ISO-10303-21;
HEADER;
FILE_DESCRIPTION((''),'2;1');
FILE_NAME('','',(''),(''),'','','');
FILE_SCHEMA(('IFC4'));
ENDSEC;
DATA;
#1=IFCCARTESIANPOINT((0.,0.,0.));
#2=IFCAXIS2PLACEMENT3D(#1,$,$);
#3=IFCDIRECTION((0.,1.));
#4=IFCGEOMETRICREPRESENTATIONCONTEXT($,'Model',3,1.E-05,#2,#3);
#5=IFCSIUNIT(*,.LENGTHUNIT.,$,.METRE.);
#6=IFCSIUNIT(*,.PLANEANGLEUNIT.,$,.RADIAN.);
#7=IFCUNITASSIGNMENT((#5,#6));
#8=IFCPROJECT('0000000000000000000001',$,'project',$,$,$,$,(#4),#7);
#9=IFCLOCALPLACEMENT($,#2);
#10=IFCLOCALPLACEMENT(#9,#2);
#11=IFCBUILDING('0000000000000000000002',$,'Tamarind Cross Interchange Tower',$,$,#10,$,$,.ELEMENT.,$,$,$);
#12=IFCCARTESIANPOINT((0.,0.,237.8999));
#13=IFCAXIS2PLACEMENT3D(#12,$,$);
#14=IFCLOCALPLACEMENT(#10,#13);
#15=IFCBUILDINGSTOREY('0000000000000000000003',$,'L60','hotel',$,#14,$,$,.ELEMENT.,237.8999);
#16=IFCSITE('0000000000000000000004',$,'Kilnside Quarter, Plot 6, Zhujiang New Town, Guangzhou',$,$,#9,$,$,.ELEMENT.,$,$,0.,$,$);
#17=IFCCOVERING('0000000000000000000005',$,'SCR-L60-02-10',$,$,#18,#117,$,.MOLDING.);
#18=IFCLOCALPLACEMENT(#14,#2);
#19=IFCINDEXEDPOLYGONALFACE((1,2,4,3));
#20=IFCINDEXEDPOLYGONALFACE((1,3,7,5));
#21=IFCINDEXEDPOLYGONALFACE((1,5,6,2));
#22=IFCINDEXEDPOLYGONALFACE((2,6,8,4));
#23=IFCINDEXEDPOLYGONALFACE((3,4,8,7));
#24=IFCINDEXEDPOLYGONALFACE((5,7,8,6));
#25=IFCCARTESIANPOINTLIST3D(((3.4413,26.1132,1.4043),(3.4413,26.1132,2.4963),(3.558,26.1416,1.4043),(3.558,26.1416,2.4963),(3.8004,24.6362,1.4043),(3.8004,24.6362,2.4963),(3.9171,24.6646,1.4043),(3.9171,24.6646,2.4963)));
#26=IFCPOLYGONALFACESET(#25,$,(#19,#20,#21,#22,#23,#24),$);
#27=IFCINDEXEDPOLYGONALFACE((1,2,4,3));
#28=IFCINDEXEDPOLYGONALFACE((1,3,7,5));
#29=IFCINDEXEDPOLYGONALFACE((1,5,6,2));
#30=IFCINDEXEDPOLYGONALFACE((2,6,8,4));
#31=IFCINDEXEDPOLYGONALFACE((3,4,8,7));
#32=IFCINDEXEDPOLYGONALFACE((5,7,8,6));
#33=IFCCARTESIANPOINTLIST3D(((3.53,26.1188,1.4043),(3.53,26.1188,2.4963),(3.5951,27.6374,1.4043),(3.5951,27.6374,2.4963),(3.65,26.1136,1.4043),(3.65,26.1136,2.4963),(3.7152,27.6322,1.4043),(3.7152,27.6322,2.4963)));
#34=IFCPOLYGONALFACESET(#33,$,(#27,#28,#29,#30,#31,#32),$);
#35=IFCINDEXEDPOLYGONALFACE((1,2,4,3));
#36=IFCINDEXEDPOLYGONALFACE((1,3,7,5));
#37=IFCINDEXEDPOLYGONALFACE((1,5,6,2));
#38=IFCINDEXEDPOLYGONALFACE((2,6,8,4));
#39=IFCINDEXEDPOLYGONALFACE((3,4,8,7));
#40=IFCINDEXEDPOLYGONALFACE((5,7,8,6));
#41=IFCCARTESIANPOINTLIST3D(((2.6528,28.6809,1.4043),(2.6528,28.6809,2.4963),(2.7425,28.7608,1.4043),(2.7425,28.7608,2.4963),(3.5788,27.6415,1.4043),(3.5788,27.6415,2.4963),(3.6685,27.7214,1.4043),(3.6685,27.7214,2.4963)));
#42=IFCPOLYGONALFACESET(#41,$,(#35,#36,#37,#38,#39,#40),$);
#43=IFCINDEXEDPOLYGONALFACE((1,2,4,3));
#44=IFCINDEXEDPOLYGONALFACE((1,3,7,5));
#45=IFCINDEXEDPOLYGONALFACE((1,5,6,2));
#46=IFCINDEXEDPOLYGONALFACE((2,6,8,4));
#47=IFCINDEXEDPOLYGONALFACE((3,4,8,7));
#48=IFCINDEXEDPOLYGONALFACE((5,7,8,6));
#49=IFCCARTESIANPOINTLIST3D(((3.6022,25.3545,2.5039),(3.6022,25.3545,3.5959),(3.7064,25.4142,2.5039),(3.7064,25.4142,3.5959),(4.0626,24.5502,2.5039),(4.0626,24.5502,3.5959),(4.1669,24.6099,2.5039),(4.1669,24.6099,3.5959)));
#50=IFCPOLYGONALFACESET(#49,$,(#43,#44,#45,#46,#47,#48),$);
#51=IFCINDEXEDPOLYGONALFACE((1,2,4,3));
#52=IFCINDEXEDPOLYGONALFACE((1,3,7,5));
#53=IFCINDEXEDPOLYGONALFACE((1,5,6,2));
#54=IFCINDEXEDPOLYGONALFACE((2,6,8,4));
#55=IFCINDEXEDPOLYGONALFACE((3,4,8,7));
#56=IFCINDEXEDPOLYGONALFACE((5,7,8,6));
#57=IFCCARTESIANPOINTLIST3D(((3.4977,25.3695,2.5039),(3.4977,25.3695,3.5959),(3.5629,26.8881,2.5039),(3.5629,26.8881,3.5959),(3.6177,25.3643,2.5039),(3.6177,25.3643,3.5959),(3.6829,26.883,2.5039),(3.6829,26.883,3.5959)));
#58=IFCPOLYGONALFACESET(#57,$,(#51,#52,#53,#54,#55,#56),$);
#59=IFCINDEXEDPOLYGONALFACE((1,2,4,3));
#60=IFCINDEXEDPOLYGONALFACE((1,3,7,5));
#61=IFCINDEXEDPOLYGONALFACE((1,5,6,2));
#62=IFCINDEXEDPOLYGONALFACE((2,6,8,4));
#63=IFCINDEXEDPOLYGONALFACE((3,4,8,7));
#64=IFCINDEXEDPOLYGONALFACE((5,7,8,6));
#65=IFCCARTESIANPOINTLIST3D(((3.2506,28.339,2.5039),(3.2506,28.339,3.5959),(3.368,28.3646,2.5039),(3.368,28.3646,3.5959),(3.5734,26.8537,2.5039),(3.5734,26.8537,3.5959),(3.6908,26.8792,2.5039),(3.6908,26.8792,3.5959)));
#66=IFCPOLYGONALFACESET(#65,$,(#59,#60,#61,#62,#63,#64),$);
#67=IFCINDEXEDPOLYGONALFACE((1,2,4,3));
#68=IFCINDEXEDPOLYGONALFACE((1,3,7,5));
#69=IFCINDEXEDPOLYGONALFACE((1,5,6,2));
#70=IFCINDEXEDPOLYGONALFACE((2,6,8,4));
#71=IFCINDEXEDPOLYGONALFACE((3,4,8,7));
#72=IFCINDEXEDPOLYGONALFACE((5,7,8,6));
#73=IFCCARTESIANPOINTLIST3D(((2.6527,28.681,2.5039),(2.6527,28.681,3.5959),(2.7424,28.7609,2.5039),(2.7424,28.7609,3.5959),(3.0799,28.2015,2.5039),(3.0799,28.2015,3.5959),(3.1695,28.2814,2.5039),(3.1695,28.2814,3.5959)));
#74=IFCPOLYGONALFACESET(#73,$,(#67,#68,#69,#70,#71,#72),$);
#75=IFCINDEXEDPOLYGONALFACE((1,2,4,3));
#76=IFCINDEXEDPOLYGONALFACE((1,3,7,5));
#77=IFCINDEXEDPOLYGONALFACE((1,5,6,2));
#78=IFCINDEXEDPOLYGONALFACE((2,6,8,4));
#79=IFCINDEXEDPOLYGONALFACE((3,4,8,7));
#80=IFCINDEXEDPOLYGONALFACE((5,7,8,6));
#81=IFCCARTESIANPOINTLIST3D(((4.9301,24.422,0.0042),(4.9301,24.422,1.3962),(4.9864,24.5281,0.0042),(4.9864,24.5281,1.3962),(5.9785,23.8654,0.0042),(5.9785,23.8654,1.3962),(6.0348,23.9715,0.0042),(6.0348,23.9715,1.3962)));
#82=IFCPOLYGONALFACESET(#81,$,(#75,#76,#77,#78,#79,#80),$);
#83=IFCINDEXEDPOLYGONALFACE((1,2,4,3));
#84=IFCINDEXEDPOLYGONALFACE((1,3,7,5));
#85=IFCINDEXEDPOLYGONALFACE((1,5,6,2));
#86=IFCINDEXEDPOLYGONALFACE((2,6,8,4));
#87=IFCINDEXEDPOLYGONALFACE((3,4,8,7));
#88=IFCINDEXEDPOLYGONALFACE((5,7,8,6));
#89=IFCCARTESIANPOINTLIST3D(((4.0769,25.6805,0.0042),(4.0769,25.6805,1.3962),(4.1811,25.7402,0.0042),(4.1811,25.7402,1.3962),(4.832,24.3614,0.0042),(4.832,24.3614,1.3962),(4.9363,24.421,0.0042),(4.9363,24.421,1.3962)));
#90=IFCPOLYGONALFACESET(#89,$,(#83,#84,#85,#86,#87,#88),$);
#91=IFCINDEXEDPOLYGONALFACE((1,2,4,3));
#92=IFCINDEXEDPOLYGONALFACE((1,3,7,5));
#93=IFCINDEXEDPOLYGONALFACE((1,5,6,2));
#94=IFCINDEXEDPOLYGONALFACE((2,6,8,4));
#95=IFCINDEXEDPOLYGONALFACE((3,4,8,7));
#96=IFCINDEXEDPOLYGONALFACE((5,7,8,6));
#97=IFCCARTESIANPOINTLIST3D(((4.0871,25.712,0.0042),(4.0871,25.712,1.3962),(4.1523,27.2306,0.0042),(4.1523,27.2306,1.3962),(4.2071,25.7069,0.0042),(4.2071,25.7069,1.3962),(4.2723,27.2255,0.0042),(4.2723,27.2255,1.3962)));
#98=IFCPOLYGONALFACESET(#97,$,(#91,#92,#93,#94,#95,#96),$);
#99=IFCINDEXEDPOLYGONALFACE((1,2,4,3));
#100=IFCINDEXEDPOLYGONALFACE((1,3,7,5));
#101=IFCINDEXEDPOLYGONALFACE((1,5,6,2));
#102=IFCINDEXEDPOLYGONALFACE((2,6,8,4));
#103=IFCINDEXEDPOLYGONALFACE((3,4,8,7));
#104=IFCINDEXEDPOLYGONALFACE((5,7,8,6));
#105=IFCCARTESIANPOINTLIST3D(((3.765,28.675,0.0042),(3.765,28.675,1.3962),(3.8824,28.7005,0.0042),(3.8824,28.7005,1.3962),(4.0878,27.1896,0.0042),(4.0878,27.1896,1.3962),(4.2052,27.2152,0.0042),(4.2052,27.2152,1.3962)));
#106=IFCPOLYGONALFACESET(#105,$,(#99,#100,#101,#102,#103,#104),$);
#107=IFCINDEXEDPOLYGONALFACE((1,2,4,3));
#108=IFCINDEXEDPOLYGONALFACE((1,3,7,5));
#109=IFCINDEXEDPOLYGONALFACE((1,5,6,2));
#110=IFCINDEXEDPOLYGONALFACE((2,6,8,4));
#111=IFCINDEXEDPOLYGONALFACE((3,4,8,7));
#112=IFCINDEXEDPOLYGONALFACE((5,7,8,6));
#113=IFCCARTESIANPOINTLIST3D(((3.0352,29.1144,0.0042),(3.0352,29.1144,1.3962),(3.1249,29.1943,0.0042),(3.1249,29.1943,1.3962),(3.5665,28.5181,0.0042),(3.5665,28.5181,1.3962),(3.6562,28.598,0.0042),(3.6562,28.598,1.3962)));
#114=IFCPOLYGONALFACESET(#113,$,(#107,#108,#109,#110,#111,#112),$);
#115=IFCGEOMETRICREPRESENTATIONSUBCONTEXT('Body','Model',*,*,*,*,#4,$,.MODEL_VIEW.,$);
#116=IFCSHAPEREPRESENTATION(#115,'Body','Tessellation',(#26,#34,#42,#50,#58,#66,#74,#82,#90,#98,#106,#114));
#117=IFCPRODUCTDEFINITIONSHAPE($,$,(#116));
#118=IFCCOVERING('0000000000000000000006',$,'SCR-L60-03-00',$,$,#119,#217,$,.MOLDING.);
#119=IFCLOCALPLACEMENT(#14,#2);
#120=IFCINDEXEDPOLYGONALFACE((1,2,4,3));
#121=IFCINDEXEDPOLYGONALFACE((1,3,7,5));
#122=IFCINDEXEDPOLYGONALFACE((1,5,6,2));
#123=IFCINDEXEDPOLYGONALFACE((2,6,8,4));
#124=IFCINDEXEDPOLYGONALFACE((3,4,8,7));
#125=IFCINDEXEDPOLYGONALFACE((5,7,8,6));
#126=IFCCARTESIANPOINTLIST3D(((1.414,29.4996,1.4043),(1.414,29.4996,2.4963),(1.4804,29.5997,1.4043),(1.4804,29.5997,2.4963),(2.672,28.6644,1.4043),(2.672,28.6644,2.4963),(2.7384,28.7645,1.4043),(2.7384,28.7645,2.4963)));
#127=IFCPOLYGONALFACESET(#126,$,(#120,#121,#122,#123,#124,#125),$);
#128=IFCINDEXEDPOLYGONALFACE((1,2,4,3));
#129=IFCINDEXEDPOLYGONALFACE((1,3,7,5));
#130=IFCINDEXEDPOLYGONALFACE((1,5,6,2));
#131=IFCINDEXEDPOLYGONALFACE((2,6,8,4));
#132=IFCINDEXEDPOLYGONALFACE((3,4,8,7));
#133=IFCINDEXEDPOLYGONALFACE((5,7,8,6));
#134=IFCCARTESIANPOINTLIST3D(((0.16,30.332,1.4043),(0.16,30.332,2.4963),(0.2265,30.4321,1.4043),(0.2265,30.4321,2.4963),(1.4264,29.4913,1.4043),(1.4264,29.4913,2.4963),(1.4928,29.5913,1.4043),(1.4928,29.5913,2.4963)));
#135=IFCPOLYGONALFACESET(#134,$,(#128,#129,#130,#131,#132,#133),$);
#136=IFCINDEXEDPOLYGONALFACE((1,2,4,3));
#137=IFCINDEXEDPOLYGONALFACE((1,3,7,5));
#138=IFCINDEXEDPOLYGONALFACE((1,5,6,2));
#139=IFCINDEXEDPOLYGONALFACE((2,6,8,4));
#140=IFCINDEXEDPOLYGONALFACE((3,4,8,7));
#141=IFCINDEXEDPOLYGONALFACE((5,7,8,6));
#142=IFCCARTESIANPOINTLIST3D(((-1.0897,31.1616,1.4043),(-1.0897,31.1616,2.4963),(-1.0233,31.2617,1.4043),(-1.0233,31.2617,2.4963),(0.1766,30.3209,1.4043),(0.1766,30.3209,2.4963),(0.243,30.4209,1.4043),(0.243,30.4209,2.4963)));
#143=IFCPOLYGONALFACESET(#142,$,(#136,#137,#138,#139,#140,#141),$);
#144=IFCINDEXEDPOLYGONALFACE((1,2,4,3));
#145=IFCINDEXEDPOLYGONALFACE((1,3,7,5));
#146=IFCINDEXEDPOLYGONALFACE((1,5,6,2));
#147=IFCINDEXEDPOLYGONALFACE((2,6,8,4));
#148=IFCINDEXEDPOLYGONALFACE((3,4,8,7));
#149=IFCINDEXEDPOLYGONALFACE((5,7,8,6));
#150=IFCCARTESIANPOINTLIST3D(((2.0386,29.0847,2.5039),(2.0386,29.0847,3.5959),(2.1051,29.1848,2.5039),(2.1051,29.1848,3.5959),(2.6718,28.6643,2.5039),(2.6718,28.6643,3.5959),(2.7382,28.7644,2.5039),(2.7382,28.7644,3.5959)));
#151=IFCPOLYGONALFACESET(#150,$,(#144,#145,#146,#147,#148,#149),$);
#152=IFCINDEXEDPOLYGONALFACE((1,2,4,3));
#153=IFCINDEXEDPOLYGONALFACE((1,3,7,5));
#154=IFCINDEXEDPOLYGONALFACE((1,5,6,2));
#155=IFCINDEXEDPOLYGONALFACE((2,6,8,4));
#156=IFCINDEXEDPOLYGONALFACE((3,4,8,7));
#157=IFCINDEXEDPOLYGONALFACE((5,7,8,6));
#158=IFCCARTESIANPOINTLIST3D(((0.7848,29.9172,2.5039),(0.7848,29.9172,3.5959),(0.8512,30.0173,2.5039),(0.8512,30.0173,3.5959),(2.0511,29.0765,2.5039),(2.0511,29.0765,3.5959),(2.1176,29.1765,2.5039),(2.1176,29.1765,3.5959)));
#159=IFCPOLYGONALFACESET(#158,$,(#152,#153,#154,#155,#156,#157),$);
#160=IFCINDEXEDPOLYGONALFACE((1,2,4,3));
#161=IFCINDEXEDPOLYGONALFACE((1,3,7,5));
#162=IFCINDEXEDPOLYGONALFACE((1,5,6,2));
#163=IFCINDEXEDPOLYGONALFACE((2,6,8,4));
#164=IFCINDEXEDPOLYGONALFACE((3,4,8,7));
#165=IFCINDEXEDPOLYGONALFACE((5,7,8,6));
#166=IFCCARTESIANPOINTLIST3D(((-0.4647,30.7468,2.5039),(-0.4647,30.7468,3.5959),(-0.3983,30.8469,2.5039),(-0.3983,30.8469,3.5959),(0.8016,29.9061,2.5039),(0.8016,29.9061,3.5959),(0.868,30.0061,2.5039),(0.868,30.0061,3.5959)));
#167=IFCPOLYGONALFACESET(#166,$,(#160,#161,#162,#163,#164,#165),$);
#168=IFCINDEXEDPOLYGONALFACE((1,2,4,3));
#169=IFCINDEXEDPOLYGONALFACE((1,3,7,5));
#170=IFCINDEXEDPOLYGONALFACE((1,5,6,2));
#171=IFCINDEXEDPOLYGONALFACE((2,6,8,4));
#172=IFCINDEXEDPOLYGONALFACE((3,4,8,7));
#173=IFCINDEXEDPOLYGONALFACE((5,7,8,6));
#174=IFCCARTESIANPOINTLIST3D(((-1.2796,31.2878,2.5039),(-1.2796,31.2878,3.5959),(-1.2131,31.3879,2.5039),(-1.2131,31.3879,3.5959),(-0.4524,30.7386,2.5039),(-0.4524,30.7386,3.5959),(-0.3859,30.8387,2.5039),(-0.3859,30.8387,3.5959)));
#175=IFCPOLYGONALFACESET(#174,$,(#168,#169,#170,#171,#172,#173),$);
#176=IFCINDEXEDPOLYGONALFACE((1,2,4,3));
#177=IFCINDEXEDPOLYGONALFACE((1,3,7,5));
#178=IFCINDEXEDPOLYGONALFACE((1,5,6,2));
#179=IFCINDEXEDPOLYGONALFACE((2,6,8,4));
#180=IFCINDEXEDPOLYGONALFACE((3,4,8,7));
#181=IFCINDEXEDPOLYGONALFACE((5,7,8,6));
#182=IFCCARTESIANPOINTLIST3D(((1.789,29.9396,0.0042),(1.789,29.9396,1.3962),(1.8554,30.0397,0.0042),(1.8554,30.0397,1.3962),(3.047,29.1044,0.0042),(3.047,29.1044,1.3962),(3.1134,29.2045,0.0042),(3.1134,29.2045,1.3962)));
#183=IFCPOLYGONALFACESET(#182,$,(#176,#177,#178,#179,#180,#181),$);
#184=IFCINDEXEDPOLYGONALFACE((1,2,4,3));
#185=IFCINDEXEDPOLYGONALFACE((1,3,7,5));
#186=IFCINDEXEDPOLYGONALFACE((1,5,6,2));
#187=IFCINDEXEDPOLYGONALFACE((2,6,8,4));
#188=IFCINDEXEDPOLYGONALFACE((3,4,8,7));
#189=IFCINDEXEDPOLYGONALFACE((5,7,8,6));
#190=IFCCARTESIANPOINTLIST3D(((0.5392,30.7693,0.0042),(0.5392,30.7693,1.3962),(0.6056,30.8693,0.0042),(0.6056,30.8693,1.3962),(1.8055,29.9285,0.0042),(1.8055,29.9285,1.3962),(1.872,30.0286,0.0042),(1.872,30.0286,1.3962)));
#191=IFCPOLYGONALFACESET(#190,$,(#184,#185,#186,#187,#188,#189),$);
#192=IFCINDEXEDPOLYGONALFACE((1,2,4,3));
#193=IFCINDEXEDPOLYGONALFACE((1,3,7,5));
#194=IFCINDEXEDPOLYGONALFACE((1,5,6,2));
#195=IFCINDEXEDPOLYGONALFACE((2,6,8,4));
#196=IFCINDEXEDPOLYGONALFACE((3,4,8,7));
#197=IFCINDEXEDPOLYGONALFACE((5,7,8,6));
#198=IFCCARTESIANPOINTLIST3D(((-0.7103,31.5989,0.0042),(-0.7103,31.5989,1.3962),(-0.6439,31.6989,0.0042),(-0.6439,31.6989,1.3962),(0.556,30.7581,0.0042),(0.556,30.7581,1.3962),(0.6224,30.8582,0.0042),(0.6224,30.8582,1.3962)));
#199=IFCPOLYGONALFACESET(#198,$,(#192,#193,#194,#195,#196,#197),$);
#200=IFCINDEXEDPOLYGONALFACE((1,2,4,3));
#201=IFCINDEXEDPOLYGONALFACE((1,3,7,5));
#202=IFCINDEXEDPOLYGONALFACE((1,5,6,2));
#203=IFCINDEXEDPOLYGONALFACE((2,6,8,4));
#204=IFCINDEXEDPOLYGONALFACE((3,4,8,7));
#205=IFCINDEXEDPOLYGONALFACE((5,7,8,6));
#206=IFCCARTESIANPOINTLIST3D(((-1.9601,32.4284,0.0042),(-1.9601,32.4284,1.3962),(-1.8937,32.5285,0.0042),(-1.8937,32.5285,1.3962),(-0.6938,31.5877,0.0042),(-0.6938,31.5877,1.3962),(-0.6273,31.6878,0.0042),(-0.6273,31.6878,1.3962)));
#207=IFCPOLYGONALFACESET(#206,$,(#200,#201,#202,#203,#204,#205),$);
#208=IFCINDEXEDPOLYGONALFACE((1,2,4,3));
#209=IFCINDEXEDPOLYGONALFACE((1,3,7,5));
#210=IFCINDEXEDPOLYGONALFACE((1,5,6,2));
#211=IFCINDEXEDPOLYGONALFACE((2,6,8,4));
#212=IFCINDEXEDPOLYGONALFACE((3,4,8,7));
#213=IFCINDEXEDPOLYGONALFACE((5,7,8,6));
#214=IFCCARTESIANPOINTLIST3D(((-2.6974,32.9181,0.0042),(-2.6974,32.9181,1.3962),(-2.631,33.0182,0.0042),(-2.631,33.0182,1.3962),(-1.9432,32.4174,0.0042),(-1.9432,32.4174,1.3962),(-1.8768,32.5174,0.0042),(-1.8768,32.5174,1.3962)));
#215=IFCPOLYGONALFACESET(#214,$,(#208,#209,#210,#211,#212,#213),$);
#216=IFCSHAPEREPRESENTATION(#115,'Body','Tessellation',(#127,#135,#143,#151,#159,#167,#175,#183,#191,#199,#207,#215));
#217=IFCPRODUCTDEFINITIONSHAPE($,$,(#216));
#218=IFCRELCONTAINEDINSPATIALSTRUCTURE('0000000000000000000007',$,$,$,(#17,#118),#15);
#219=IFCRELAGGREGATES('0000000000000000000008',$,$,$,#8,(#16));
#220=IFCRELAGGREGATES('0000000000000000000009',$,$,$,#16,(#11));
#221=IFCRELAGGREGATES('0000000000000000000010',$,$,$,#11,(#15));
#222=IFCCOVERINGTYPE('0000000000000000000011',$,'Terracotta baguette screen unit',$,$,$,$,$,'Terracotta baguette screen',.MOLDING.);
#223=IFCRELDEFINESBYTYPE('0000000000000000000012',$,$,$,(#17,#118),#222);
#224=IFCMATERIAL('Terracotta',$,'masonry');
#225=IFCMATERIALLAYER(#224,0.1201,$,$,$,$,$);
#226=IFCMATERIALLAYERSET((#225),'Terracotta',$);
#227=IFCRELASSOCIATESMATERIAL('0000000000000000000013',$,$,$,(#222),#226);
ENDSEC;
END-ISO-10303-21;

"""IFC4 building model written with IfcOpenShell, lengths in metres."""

from ifc_helpers import new_model, si_unit, direction, frame, origin, origin_2d, place, context, subcontext, project, spatial, rectangle, extrude, material, layer, layer_set, type_object, element, save


model = new_model("IFC4")

# Units and contexts
model_context = context("Model", 3, precision=1e-05, world=origin(), true_north=direction((0.0, 1.0)))
body_context = subcontext(model_context, "Body", "Model", "MODEL_VIEW")
ifc_project = project(units=[si_unit("LENGTHUNIT", "METRE"), si_unit("PLANEANGLEUNIT", "RADIAN")], contexts=[model_context])

# Site, building, storey
site_placement = place(None, origin())
site = spatial("IfcSite", under=ifc_project, at=site_placement, Name="Kilnside Quarter, Plot 6, Zhujiang New Town, Guangzhou", CompositionType="ELEMENT", RefElevation=0.0)
building_placement = place(site_placement, origin())
building = spatial("IfcBuilding", under=site, at=building_placement, Name="Tamarind Cross Interchange Tower", CompositionType="ELEMENT")
storey_placement = place(building_placement, frame((0.0, 0.0, 237.8999)))
storey = spatial("IfcBuildingStorey", under=building, at=storey_placement, Name="L60", Description="hotel", CompositionType="ELEMENT", Elevation=237.8999)

# Coverings
ifc_material_1 = material(Name="Terracotta", Category="masonry")
ifc_layer_1 = layer(ifc_material_1, 0.1201)
ifc_layer_set_1 = layer_set([ifc_layer_1], Name="Terracotta")
covering_type = type_object("IfcCoveringType", Name="Terracotta baguette screen unit", ElementType="Terracotta baguette screen", PredefinedType="MOLDING", material=ifc_layer_set_1)
covering_1_placement = place(storey_placement, origin())
element("IfcCovering", 1, at=covering_1_placement, inside=storey, type_object=covering_type, Name="SCR-L60-02-10", PredefinedType="MOLDING", context=body_context, shape_type="SweptSolid", body=[
    extrude(rectangle(XDim=1.52, YDim=0.1201, at=origin_2d()), frame((3.6792, 25.3889, 1.4043), z_axis=(0.0, 0.0, 1.0), x_axis=(-0.236252, 0.971692, 0.0)), (0.0, 0.0, 1.0), 1.092),
    extrude(rectangle(XDim=1.52, YDim=0.1201, at=origin_2d()), frame((3.6226, 26.8755, 1.4043), z_axis=(0.0, 0.0, 1.0), x_axis=(0.042882, 0.99908, 0.0)), (0.0, 0.0, 1.0), 1.092),
    extrude(rectangle(XDim=1.3921, YDim=0.1201, at=origin_2d()), frame((3.1606, 28.2012, 1.4043), z_axis=(0.0, 0.0, 1.0), x_axis=(-0.66523, 0.746638, 0.0)), (0.0, 0.0, 1.0), 1.092),
    extrude(rectangle(XDim=0.9268, YDim=0.1201, at=origin_2d()), frame((3.8845, 24.9822, 2.5039), z_axis=(0.0, 0.0, 1.0), x_axis=(-0.4968, 0.867865, 0.0)), (0.0, 0.0, 1.0), 1.092),
    extrude(rectangle(XDim=1.52, YDim=0.1201, at=origin_2d()), frame((3.5903, 26.1262, 2.5039), z_axis=(0.0, 0.0, 1.0), x_axis=(0.042882, 0.99908, 0.0)), (0.0, 0.0, 1.0), 1.092),
    extrude(rectangle(XDim=1.52, YDim=0.1201, at=origin_2d()), frame((3.4707, 27.6091, 2.5039), z_axis=(0.0, 0.0, 1.0), x_axis=(-0.212374, 0.977188, 0.0)), (0.0, 0.0, 1.0), 1.092),
    extrude(rectangle(XDim=0.6421, YDim=0.1201, at=origin_2d()), frame((2.9111, 28.4812, 2.5039), z_axis=(0.0, 0.0, 1.0), x_axis=(-0.66523, 0.746638, 0.0)), (0.0, 0.0, 1.0), 1.092),
    extrude(rectangle(XDim=1.187, YDim=0.1201, at=origin_2d()), frame((5.4824, 24.1968, 0.0042), z_axis=(0.0, 0.0, 1.0), x_axis=(-0.883232, 0.468936, 0.0)), (0.0, 0.0, 1.0), 1.3921),
    extrude(rectangle(XDim=1.52, YDim=0.1201, at=origin_2d()), frame((4.5066, 25.0508, 0.0042), z_axis=(0.0, 0.0, 1.0), x_axis=(-0.4968, 0.867865, 0.0)), (0.0, 0.0, 1.0), 1.3921),
    extrude(rectangle(XDim=1.52, YDim=0.1201, at=origin_2d()), frame((4.1797, 26.4688, 0.0042), z_axis=(0.0, 0.0, 1.0), x_axis=(0.042882, 0.99908, 0.0)), (0.0, 0.0, 1.0), 1.3921),
    extrude(rectangle(XDim=1.52, YDim=0.1201, at=origin_2d()), frame((3.9851, 27.9451, 0.0042), z_axis=(0.0, 0.0, 1.0), x_axis=(-0.212374, 0.977188, 0.0)), (0.0, 0.0, 1.0), 1.3921),
    extrude(rectangle(XDim=0.7986, YDim=0.1201, at=origin_2d()), frame((3.3457, 28.8562, 0.0042), z_axis=(0.0, 0.0, 1.0), x_axis=(-0.66523, 0.746638, 0.0)), (0.0, 0.0, 1.0), 1.3921),
])
covering_2_placement = place(storey_placement, origin())
element("IfcCovering", 2, at=covering_2_placement, inside=storey, type_object=covering_type, Name="SCR-L60-03-00", PredefinedType="MOLDING", context=body_context, shape_type="SweptSolid", body=[
    extrude(rectangle(XDim=1.51, YDim=0.1201, at=origin_2d()), frame((2.0762, 29.1321, 1.4043), z_axis=(0.0, 0.0, 1.0), x_axis=(-0.833107, 0.553112, 0.0)), (0.0, 0.0, 1.0), 1.092),
    extrude(rectangle(XDim=1.52, YDim=0.1201, at=origin_2d()), frame((0.8264, 29.9617, 1.4043), z_axis=(0.0, 0.0, 1.0), x_axis=(-0.833107, 0.553112, 0.0)), (0.0, 0.0, 1.0), 1.092),
    extrude(rectangle(XDim=1.52, YDim=0.1201, at=origin_2d()), frame((-0.4233, 30.7913, 1.4043), z_axis=(0.0, 0.0, 1.0), x_axis=(-0.833107, 0.553112, 0.0)), (0.0, 0.0, 1.0), 1.092),
    extrude(rectangle(XDim=0.76, YDim=0.1201, at=origin_2d()), frame((2.3884, 28.9246, 2.5039), z_axis=(0.0, 0.0, 1.0), x_axis=(-0.833107, 0.553112, 0.0)), (0.0, 0.0, 1.0), 1.092),
    extrude(rectangle(XDim=1.52, YDim=0.1201, at=origin_2d()), frame((1.4512, 29.5469, 2.5039), z_axis=(0.0, 0.0, 1.0), x_axis=(-0.833107, 0.553112, 0.0)), (0.0, 0.0, 1.0), 1.092),
    extrude(rectangle(XDim=1.52, YDim=0.1201, at=origin_2d()), frame((0.2017, 30.3765, 2.5039), z_axis=(0.0, 0.0, 1.0), x_axis=(-0.833107, 0.553112, 0.0)), (0.0, 0.0, 1.0), 1.092),
    extrude(rectangle(XDim=0.9929, YDim=0.1201, at=origin_2d()), frame((-0.8328, 31.0632, 2.5039), z_axis=(0.0, 0.0, 1.0), x_axis=(-0.833107, 0.553112, 0.0)), (0.0, 0.0, 1.0), 1.092),
    extrude(rectangle(XDim=1.51, YDim=0.1201, at=origin_2d()), frame((2.4512, 29.572, 0.0042), z_axis=(0.0, 0.0, 1.0), x_axis=(-0.833107, 0.553112, 0.0)), (0.0, 0.0, 1.0), 1.3921),
    extrude(rectangle(XDim=1.52, YDim=0.1201, at=origin_2d()), frame((1.2056, 30.3989, 0.0042), z_axis=(0.0, 0.0, 1.0), x_axis=(-0.833107, 0.553112, 0.0)), (0.0, 0.0, 1.0), 1.3921),
    extrude(rectangle(XDim=1.52, YDim=0.1201, at=origin_2d()), frame((-0.0439, 31.2285, 0.0042), z_axis=(0.0, 0.0, 1.0), x_axis=(-0.833107, 0.553112, 0.0)), (0.0, 0.0, 1.0), 1.3921),
    extrude(rectangle(XDim=1.52, YDim=0.1201, at=origin_2d()), frame((-1.2937, 32.0581, 0.0042), z_axis=(0.0, 0.0, 1.0), x_axis=(-0.833107, 0.553112, 0.0)), (0.0, 0.0, 1.0), 1.3921),
    extrude(rectangle(XDim=0.9053, YDim=0.1201, at=origin_2d()), frame((-2.2871, 32.7178, 0.0042), z_axis=(0.0, 0.0, 1.0), x_axis=(-0.833107, 0.553112, 0.0)), (0.0, 0.0, 1.0), 1.3921),
])

save(model, "model.ifc")
